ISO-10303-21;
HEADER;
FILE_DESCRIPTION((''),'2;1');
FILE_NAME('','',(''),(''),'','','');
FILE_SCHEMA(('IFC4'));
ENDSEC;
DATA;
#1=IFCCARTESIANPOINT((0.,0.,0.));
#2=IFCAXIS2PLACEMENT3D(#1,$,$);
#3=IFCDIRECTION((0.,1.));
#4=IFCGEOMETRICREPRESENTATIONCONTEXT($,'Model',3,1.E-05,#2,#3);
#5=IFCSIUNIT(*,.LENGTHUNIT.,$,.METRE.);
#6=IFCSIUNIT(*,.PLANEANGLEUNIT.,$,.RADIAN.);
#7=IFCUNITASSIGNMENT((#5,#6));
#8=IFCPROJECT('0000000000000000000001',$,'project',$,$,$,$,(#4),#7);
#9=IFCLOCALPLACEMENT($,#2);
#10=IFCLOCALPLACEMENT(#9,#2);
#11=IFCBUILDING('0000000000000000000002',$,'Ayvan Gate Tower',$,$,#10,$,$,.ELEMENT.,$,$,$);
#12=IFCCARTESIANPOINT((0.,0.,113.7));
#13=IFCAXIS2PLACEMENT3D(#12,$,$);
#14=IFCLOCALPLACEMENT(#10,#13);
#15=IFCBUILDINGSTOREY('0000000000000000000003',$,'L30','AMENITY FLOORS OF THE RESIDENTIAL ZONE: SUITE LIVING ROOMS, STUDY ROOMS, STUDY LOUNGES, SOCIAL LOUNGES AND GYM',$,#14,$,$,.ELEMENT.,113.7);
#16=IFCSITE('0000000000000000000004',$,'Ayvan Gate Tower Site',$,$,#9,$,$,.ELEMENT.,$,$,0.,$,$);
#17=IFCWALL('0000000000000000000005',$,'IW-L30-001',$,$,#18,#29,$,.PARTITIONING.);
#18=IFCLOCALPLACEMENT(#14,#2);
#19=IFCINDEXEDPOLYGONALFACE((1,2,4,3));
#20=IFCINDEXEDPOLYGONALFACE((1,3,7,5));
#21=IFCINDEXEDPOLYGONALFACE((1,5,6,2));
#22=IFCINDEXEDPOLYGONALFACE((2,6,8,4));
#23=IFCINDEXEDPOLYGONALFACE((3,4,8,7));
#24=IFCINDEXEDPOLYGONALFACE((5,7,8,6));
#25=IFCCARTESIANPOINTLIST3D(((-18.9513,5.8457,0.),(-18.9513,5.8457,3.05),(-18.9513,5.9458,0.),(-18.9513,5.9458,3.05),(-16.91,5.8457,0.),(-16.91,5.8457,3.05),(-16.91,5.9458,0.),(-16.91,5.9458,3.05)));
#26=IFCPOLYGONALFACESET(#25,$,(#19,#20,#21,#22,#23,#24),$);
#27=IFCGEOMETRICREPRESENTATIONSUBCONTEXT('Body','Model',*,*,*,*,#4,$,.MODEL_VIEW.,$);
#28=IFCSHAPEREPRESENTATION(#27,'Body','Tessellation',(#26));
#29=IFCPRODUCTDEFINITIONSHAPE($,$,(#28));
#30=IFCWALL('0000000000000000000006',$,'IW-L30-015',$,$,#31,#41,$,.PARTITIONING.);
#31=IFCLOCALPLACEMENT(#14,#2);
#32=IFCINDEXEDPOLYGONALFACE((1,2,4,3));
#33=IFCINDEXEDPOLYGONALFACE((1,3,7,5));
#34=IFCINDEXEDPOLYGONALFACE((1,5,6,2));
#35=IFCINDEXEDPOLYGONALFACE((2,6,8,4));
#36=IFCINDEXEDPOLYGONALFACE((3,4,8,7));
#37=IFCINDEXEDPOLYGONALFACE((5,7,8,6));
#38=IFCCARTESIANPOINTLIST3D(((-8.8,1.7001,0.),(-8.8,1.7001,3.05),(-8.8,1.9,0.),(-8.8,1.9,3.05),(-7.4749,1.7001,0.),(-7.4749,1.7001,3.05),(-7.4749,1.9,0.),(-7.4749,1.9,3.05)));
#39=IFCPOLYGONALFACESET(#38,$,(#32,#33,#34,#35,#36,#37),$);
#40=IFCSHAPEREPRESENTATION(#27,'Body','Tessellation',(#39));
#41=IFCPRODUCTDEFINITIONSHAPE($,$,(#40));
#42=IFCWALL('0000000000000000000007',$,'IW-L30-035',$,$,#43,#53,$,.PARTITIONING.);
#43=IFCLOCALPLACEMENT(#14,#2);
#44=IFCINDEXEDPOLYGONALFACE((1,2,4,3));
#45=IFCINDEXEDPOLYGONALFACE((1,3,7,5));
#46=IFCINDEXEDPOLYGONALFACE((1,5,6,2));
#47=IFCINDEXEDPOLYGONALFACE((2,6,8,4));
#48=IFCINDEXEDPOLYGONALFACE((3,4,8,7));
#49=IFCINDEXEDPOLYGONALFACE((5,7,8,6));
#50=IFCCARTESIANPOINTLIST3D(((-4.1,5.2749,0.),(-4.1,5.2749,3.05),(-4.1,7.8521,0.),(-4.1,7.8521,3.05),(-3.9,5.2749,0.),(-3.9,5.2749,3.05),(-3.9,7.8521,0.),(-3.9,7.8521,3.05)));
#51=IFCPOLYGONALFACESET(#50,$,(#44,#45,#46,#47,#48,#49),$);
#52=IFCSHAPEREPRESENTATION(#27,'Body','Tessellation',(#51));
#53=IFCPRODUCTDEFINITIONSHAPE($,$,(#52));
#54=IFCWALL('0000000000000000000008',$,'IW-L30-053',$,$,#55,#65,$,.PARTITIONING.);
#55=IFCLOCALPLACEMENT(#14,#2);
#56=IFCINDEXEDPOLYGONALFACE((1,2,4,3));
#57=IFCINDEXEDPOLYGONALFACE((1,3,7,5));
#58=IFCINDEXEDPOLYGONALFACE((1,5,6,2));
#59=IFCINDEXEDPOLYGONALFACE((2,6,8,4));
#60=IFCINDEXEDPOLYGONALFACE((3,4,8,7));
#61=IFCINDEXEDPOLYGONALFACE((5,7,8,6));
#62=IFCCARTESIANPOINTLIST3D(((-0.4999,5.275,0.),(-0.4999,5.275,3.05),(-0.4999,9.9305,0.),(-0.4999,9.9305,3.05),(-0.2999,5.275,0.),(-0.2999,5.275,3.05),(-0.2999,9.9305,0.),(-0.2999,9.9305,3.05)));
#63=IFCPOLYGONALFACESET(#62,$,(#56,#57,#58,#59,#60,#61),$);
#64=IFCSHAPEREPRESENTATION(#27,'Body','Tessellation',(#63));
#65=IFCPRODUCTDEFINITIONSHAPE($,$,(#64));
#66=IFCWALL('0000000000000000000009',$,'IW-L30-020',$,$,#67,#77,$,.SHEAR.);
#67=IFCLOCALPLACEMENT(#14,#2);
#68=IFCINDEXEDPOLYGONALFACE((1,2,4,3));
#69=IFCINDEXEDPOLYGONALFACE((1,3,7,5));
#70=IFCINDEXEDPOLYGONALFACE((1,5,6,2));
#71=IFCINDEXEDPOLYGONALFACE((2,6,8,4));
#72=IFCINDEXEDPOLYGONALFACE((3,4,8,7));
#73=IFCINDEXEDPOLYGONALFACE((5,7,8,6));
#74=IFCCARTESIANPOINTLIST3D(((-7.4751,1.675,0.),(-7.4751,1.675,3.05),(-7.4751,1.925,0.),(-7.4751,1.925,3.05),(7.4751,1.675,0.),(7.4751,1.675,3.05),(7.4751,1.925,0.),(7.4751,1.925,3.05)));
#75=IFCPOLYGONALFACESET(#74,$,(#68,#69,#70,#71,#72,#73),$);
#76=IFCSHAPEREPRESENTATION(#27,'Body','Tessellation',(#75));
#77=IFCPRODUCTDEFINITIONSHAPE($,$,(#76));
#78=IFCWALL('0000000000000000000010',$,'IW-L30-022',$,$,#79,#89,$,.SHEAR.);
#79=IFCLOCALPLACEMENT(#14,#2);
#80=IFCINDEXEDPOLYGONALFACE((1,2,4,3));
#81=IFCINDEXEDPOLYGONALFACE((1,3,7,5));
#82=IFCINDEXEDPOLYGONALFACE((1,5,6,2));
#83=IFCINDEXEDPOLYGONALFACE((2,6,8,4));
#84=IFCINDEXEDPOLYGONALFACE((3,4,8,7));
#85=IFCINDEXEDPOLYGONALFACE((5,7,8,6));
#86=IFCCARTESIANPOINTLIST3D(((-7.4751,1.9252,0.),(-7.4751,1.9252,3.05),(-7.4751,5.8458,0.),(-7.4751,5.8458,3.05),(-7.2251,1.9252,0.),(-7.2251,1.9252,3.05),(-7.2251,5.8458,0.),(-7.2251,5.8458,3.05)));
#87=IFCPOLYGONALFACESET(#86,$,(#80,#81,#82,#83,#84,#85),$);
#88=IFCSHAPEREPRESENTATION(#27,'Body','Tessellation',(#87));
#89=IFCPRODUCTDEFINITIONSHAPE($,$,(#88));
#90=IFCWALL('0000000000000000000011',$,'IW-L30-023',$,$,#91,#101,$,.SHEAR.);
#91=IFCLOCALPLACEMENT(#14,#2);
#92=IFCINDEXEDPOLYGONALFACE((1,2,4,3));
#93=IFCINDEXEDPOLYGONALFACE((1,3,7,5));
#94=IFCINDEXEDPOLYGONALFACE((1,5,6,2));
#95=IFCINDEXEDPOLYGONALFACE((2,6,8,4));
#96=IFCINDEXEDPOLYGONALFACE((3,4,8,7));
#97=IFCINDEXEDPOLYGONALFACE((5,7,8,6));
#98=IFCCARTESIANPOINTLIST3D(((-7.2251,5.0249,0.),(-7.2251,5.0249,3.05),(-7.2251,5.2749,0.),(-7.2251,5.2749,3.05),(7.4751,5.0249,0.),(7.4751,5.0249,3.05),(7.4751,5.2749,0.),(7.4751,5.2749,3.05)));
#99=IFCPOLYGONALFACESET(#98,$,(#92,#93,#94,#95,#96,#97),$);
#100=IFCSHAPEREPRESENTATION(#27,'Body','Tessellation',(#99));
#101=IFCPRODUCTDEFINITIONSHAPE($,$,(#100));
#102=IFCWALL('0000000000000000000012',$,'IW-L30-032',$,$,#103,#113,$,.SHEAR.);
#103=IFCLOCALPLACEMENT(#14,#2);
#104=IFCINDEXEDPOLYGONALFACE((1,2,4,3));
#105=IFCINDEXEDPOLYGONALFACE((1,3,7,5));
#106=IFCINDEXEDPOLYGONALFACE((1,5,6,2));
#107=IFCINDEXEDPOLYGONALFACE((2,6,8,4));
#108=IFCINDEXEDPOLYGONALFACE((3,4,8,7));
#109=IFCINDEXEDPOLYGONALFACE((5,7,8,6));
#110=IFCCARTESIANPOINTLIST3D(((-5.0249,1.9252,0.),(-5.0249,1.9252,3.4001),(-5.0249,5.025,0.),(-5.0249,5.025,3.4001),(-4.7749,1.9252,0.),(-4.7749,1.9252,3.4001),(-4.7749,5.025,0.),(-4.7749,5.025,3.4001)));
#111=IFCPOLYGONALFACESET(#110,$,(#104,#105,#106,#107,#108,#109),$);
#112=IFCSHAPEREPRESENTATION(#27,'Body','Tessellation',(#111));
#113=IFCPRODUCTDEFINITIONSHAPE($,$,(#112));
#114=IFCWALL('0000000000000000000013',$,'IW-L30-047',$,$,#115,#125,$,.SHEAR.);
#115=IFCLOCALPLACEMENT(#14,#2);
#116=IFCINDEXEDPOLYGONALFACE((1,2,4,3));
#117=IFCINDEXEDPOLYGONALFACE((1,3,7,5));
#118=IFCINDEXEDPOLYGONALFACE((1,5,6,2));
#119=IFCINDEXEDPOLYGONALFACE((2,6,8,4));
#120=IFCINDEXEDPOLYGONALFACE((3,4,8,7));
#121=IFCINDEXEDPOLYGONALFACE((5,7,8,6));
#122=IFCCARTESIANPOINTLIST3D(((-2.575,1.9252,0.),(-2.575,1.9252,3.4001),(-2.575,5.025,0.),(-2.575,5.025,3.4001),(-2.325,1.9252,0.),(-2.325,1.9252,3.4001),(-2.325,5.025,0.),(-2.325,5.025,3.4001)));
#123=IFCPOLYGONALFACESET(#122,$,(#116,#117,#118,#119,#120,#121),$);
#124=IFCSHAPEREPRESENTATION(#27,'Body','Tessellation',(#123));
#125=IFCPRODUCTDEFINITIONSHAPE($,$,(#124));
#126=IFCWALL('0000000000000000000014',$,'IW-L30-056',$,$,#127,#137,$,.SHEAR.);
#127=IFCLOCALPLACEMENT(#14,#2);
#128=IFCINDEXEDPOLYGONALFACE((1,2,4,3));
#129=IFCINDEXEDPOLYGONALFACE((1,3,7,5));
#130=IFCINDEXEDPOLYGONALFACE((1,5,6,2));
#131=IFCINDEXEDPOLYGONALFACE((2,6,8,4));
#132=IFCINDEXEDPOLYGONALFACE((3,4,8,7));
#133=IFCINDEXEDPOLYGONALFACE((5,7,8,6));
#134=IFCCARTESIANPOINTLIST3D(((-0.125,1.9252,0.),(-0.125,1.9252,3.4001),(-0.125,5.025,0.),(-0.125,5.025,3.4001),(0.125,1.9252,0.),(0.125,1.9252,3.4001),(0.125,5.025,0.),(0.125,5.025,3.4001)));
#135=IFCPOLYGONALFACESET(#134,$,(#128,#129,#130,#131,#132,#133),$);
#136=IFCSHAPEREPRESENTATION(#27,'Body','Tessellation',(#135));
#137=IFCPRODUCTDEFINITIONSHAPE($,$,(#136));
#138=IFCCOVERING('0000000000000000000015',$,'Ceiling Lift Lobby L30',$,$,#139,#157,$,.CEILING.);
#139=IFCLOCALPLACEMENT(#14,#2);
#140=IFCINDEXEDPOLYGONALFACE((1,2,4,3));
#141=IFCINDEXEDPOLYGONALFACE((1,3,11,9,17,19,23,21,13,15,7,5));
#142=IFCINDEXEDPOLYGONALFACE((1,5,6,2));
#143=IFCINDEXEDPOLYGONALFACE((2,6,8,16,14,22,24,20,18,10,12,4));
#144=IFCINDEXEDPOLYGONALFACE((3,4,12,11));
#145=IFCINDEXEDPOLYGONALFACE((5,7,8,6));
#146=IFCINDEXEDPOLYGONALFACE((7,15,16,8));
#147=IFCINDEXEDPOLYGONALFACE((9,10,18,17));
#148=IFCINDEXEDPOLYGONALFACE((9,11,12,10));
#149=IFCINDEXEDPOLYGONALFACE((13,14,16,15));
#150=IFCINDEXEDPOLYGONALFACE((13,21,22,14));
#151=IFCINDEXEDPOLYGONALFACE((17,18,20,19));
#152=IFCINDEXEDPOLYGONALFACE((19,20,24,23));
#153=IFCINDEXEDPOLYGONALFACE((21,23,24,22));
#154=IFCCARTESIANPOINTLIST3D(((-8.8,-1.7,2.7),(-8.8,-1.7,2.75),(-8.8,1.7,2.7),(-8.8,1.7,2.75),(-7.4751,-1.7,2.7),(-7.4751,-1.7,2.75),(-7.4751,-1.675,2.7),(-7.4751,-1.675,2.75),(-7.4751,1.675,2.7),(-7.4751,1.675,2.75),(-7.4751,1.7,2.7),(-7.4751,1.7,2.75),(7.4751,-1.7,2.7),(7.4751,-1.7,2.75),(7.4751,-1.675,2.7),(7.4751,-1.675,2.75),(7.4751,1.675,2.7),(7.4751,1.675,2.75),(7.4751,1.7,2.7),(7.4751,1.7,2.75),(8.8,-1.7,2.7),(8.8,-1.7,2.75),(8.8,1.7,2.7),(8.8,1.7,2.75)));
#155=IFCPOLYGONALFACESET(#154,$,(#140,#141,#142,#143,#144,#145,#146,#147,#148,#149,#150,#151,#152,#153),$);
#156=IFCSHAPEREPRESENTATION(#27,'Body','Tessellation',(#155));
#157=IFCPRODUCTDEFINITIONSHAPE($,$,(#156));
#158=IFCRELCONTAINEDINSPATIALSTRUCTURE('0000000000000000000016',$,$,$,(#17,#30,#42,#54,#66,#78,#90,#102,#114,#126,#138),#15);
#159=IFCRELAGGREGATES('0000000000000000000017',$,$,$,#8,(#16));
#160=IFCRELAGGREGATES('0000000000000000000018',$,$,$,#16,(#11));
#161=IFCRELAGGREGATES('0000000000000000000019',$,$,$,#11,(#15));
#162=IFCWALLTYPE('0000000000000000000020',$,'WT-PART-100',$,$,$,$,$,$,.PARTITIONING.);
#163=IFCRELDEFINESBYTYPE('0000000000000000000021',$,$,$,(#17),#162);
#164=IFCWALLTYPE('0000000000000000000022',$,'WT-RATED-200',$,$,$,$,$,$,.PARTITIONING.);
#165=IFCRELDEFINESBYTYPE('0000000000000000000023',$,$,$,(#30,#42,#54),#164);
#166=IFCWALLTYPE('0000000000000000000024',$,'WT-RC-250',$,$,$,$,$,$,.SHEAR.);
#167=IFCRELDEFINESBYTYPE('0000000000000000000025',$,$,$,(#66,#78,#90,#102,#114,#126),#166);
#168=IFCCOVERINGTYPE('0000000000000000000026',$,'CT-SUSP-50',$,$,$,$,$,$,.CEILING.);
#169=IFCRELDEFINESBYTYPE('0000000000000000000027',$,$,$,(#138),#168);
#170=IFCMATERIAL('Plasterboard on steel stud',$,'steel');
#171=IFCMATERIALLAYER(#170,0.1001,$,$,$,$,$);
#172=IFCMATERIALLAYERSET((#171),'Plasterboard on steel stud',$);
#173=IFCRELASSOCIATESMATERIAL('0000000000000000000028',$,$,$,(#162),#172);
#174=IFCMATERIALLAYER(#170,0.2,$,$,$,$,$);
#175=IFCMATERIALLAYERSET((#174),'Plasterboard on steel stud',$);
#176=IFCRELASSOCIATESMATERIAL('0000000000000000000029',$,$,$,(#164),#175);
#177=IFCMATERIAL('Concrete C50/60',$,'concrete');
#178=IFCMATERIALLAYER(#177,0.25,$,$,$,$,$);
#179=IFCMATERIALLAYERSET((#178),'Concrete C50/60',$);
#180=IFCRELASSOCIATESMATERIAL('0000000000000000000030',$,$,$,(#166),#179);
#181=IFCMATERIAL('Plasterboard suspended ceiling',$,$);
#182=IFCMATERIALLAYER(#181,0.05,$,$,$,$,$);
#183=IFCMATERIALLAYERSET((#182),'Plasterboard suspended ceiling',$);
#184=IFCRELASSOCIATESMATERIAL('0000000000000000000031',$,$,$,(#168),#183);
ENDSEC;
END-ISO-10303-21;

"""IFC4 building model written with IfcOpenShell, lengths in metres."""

from ifc_helpers import new_model, si_unit, direction, frame, frame_2d, origin, place, context, subcontext, project, spatial, polyline, rectangle, outline, extrude, material, layer, layer_set, type_object, element, save


model = new_model("IFC4")

# Units and contexts
model_context = context("Model", 3, precision=1e-05, world=origin(), true_north=direction((0.0, 1.0)))
body_context = subcontext(model_context, "Body", "Model", "MODEL_VIEW")
ifc_project = project(units=[si_unit("LENGTHUNIT", "METRE"), si_unit("PLANEANGLEUNIT", "RADIAN")], contexts=[model_context])

# Site, building, storey
site_placement = place(None, origin())
site = spatial("IfcSite", under=ifc_project, at=site_placement, Name="Ayvan Gate Tower Site", CompositionType="ELEMENT", RefElevation=0.0)
building_placement = place(site_placement, origin())
building = spatial("IfcBuilding", under=site, at=building_placement, Name="Ayvan Gate Tower", CompositionType="ELEMENT")
storey_placement = place(building_placement, frame((0.0, 0.0, 113.7)))
storey = spatial("IfcBuildingStorey", under=building, at=storey_placement, Name="L30", Description="AMENITY FLOORS OF THE RESIDENTIAL ZONE: SUITE LIVING ROOMS, STUDY ROOMS, STUDY LOUNGES, SOCIAL LOUNGES AND GYM", CompositionType="ELEMENT", Elevation=113.7)

# Shared definitions
ifc_material_1 = material(Name="Plasterboard on steel stud", Category="steel")

# Walls
ifc_layer_1 = layer(ifc_material_1, 0.1001)
ifc_layer_set_1 = layer_set([ifc_layer_1], Name="Plasterboard on steel stud")
wall_type_1 = type_object("IfcWallType", Name="WT-PART-100", PredefinedType="PARTITIONING", material=ifc_layer_set_1)
wall_1_placement = place(storey_placement, frame((-16.9102, 5.8958, 0.0), z_axis=(0.0, 0.0, 1.0), x_axis=(-1.0, 0.0, 0.0)))
element("IfcWall", 1, at=wall_1_placement, inside=storey, type_object=wall_type_1, Name="IW-L30-001", PredefinedType="PARTITIONING", context=body_context, shape_type="SweptSolid", body=[
    extrude(rectangle(XDim=2.0413, YDim=0.1001, at=frame_2d((1.0205, 0.0))), origin(), (0.0, 0.0, 1.0), 3.05),
])
ifc_layer_2 = layer(ifc_material_1, 0.2)
ifc_layer_set_2 = layer_set([ifc_layer_2], Name="Plasterboard on steel stud")
wall_type_2 = type_object("IfcWallType", Name="WT-RATED-200", PredefinedType="PARTITIONING", material=ifc_layer_set_2)
wall_2_placement = place(storey_placement, frame((-8.8, 1.8, 0.0), z_axis=(0.0, 0.0, 1.0), x_axis=(1.0, 0.0, 0.0)))
element("IfcWall", 2, at=wall_2_placement, inside=storey, type_object=wall_type_2, Name="IW-L30-015", PredefinedType="PARTITIONING", context=body_context, shape_type="SweptSolid", body=[
    extrude(rectangle(XDim=1.3252, YDim=0.2, at=frame_2d((0.6626, 0.0))), origin(), (0.0, 0.0, 1.0), 3.05),
])
wall_3_placement = place(storey_placement, frame((-4.0, 7.8521, 0.0), z_axis=(0.0, 0.0, 1.0), x_axis=(0.0, -1.0, 0.0)))
element("IfcWall", 3, at=wall_3_placement, inside=storey, type_object=wall_type_2, Name="IW-L30-035", PredefinedType="PARTITIONING", context=body_context, shape_type="SweptSolid", body=[
    extrude(rectangle(XDim=2.5771, YDim=0.2, at=frame_2d((1.2886, 0.0))), origin(), (0.0, 0.0, 1.0), 3.05),
])
wall_4_placement = place(storey_placement, frame((-0.3999, 9.9304, 0.0), z_axis=(0.0, 0.0, 1.0), x_axis=(0.0, -1.0, 0.0)))
element("IfcWall", 4, at=wall_4_placement, inside=storey, type_object=wall_type_2, Name="IW-L30-053", PredefinedType="PARTITIONING", context=body_context, shape_type="SweptSolid", body=[
    extrude(rectangle(XDim=4.6555, YDim=0.2, at=frame_2d((2.3276, 0.0))), origin(), (0.0, 0.0, 1.0), 3.05),
])
ifc_material_2 = material(Name="Concrete C50/60", Category="concrete")
ifc_layer_3 = layer(ifc_material_2, 0.25)
ifc_layer_set_3 = layer_set([ifc_layer_3], Name="Concrete C50/60")
wall_type_3 = type_object("IfcWallType", Name="WT-RC-250", PredefinedType="SHEAR", material=ifc_layer_set_3)
wall_5_placement = place(storey_placement, frame((-7.4751, 1.8, 0.0), z_axis=(0.0, 0.0, 1.0), x_axis=(1.0, 0.0, 0.0)))
element("IfcWall", 5, at=wall_5_placement, inside=storey, type_object=wall_type_3, Name="IW-L30-020", PredefinedType="SHEAR", context=body_context, shape_type="SweptSolid", body=[
    extrude(rectangle(XDim=14.9502, YDim=0.25, at=frame_2d((7.4751, 0.0))), origin(), (0.0, 0.0, 1.0), 3.05),
])
wall_6_placement = place(storey_placement, frame((-7.3501, 1.925, 0.0), z_axis=(0.0, 0.0, 1.0), x_axis=(0.0, 1.0, 0.0)))
element("IfcWall", 6, at=wall_6_placement, inside=storey, type_object=wall_type_3, Name="IW-L30-022", PredefinedType="SHEAR", context=body_context, shape_type="SweptSolid", body=[
    extrude(rectangle(XDim=3.9207, YDim=0.25, at=frame_2d((1.9604, 0.0))), origin(), (0.0, 0.0, 1.0), 3.05),
])
wall_7_placement = place(storey_placement, frame((-7.2251, 5.1499, 0.0), z_axis=(0.0, 0.0, 1.0), x_axis=(1.0, 0.0, 0.0)))
element("IfcWall", 7, at=wall_7_placement, inside=storey, type_object=wall_type_3, Name="IW-L30-023", PredefinedType="SHEAR", context=body_context, shape_type="SweptSolid", body=[
    extrude(rectangle(XDim=14.7002, YDim=0.25, at=frame_2d((7.3501, 0.0))), origin(), (0.0, 0.0, 1.0), 3.05),
])
for number, where, z_axis, x_axis, name in (
    (8, (-4.8999, 5.0249, 0.0), (0.0, 0.0, 1.0), (0.0, -1.0, 0.0), "IW-L30-032"),
    (9, (-2.45, 5.0249, 0.0), (0.0, 0.0, 1.0), (0.0, -1.0, 0.0), "IW-L30-047"),
    (10, (0.0, 5.0249, 0.0), (0.0, 0.0, 1.0), (0.0, -1.0, 0.0), "IW-L30-056"),
):
    element("IfcWall", number, at=place(storey_placement, frame(where, z_axis=z_axis, x_axis=x_axis)), inside=storey, type_object=wall_type_3, Name=name, PredefinedType="SHEAR", context=body_context, shape_type="SweptSolid", body=[
        extrude(rectangle(XDim=3.0999, YDim=0.25, at=frame_2d((1.5498, 0.0))), origin(), (0.0, 0.0, 1.0), 3.4001),
    ])

# Covering
ifc_material_3 = material(Name="Plasterboard suspended ceiling")
ifc_layer_4 = layer(ifc_material_3, 0.05)
ifc_layer_set_4 = layer_set([ifc_layer_4], Name="Plasterboard suspended ceiling")
covering_type = type_object("IfcCoveringType", Name="CT-SUSP-50", PredefinedType="CEILING", material=ifc_layer_set_4)
covering_1_placement = place(storey_placement, frame((0.0, 0.0, 2.7)))
element("IfcCovering", 11, at=covering_1_placement, inside=storey, type_object=covering_type, Name="Ceiling Lift Lobby L30", PredefinedType="CEILING", context=body_context, shape_type="SweptSolid", body=[
    extrude(outline(polyline([(7.4751, -1.675), (-7.4751, -1.675), (-7.4751, -1.7), (-8.8, -1.7), (-8.8, 1.7), (-7.4751, 1.7), (-7.4751, 1.675), (7.4751, 1.675), (7.4751, 1.7), (8.8, 1.7), (8.8, -1.7), (7.4751, -1.7), (7.4751, -1.675)])), origin(), (0.0, 0.0, 1.0), 0.05),
])

save(model, "model.ifc")
